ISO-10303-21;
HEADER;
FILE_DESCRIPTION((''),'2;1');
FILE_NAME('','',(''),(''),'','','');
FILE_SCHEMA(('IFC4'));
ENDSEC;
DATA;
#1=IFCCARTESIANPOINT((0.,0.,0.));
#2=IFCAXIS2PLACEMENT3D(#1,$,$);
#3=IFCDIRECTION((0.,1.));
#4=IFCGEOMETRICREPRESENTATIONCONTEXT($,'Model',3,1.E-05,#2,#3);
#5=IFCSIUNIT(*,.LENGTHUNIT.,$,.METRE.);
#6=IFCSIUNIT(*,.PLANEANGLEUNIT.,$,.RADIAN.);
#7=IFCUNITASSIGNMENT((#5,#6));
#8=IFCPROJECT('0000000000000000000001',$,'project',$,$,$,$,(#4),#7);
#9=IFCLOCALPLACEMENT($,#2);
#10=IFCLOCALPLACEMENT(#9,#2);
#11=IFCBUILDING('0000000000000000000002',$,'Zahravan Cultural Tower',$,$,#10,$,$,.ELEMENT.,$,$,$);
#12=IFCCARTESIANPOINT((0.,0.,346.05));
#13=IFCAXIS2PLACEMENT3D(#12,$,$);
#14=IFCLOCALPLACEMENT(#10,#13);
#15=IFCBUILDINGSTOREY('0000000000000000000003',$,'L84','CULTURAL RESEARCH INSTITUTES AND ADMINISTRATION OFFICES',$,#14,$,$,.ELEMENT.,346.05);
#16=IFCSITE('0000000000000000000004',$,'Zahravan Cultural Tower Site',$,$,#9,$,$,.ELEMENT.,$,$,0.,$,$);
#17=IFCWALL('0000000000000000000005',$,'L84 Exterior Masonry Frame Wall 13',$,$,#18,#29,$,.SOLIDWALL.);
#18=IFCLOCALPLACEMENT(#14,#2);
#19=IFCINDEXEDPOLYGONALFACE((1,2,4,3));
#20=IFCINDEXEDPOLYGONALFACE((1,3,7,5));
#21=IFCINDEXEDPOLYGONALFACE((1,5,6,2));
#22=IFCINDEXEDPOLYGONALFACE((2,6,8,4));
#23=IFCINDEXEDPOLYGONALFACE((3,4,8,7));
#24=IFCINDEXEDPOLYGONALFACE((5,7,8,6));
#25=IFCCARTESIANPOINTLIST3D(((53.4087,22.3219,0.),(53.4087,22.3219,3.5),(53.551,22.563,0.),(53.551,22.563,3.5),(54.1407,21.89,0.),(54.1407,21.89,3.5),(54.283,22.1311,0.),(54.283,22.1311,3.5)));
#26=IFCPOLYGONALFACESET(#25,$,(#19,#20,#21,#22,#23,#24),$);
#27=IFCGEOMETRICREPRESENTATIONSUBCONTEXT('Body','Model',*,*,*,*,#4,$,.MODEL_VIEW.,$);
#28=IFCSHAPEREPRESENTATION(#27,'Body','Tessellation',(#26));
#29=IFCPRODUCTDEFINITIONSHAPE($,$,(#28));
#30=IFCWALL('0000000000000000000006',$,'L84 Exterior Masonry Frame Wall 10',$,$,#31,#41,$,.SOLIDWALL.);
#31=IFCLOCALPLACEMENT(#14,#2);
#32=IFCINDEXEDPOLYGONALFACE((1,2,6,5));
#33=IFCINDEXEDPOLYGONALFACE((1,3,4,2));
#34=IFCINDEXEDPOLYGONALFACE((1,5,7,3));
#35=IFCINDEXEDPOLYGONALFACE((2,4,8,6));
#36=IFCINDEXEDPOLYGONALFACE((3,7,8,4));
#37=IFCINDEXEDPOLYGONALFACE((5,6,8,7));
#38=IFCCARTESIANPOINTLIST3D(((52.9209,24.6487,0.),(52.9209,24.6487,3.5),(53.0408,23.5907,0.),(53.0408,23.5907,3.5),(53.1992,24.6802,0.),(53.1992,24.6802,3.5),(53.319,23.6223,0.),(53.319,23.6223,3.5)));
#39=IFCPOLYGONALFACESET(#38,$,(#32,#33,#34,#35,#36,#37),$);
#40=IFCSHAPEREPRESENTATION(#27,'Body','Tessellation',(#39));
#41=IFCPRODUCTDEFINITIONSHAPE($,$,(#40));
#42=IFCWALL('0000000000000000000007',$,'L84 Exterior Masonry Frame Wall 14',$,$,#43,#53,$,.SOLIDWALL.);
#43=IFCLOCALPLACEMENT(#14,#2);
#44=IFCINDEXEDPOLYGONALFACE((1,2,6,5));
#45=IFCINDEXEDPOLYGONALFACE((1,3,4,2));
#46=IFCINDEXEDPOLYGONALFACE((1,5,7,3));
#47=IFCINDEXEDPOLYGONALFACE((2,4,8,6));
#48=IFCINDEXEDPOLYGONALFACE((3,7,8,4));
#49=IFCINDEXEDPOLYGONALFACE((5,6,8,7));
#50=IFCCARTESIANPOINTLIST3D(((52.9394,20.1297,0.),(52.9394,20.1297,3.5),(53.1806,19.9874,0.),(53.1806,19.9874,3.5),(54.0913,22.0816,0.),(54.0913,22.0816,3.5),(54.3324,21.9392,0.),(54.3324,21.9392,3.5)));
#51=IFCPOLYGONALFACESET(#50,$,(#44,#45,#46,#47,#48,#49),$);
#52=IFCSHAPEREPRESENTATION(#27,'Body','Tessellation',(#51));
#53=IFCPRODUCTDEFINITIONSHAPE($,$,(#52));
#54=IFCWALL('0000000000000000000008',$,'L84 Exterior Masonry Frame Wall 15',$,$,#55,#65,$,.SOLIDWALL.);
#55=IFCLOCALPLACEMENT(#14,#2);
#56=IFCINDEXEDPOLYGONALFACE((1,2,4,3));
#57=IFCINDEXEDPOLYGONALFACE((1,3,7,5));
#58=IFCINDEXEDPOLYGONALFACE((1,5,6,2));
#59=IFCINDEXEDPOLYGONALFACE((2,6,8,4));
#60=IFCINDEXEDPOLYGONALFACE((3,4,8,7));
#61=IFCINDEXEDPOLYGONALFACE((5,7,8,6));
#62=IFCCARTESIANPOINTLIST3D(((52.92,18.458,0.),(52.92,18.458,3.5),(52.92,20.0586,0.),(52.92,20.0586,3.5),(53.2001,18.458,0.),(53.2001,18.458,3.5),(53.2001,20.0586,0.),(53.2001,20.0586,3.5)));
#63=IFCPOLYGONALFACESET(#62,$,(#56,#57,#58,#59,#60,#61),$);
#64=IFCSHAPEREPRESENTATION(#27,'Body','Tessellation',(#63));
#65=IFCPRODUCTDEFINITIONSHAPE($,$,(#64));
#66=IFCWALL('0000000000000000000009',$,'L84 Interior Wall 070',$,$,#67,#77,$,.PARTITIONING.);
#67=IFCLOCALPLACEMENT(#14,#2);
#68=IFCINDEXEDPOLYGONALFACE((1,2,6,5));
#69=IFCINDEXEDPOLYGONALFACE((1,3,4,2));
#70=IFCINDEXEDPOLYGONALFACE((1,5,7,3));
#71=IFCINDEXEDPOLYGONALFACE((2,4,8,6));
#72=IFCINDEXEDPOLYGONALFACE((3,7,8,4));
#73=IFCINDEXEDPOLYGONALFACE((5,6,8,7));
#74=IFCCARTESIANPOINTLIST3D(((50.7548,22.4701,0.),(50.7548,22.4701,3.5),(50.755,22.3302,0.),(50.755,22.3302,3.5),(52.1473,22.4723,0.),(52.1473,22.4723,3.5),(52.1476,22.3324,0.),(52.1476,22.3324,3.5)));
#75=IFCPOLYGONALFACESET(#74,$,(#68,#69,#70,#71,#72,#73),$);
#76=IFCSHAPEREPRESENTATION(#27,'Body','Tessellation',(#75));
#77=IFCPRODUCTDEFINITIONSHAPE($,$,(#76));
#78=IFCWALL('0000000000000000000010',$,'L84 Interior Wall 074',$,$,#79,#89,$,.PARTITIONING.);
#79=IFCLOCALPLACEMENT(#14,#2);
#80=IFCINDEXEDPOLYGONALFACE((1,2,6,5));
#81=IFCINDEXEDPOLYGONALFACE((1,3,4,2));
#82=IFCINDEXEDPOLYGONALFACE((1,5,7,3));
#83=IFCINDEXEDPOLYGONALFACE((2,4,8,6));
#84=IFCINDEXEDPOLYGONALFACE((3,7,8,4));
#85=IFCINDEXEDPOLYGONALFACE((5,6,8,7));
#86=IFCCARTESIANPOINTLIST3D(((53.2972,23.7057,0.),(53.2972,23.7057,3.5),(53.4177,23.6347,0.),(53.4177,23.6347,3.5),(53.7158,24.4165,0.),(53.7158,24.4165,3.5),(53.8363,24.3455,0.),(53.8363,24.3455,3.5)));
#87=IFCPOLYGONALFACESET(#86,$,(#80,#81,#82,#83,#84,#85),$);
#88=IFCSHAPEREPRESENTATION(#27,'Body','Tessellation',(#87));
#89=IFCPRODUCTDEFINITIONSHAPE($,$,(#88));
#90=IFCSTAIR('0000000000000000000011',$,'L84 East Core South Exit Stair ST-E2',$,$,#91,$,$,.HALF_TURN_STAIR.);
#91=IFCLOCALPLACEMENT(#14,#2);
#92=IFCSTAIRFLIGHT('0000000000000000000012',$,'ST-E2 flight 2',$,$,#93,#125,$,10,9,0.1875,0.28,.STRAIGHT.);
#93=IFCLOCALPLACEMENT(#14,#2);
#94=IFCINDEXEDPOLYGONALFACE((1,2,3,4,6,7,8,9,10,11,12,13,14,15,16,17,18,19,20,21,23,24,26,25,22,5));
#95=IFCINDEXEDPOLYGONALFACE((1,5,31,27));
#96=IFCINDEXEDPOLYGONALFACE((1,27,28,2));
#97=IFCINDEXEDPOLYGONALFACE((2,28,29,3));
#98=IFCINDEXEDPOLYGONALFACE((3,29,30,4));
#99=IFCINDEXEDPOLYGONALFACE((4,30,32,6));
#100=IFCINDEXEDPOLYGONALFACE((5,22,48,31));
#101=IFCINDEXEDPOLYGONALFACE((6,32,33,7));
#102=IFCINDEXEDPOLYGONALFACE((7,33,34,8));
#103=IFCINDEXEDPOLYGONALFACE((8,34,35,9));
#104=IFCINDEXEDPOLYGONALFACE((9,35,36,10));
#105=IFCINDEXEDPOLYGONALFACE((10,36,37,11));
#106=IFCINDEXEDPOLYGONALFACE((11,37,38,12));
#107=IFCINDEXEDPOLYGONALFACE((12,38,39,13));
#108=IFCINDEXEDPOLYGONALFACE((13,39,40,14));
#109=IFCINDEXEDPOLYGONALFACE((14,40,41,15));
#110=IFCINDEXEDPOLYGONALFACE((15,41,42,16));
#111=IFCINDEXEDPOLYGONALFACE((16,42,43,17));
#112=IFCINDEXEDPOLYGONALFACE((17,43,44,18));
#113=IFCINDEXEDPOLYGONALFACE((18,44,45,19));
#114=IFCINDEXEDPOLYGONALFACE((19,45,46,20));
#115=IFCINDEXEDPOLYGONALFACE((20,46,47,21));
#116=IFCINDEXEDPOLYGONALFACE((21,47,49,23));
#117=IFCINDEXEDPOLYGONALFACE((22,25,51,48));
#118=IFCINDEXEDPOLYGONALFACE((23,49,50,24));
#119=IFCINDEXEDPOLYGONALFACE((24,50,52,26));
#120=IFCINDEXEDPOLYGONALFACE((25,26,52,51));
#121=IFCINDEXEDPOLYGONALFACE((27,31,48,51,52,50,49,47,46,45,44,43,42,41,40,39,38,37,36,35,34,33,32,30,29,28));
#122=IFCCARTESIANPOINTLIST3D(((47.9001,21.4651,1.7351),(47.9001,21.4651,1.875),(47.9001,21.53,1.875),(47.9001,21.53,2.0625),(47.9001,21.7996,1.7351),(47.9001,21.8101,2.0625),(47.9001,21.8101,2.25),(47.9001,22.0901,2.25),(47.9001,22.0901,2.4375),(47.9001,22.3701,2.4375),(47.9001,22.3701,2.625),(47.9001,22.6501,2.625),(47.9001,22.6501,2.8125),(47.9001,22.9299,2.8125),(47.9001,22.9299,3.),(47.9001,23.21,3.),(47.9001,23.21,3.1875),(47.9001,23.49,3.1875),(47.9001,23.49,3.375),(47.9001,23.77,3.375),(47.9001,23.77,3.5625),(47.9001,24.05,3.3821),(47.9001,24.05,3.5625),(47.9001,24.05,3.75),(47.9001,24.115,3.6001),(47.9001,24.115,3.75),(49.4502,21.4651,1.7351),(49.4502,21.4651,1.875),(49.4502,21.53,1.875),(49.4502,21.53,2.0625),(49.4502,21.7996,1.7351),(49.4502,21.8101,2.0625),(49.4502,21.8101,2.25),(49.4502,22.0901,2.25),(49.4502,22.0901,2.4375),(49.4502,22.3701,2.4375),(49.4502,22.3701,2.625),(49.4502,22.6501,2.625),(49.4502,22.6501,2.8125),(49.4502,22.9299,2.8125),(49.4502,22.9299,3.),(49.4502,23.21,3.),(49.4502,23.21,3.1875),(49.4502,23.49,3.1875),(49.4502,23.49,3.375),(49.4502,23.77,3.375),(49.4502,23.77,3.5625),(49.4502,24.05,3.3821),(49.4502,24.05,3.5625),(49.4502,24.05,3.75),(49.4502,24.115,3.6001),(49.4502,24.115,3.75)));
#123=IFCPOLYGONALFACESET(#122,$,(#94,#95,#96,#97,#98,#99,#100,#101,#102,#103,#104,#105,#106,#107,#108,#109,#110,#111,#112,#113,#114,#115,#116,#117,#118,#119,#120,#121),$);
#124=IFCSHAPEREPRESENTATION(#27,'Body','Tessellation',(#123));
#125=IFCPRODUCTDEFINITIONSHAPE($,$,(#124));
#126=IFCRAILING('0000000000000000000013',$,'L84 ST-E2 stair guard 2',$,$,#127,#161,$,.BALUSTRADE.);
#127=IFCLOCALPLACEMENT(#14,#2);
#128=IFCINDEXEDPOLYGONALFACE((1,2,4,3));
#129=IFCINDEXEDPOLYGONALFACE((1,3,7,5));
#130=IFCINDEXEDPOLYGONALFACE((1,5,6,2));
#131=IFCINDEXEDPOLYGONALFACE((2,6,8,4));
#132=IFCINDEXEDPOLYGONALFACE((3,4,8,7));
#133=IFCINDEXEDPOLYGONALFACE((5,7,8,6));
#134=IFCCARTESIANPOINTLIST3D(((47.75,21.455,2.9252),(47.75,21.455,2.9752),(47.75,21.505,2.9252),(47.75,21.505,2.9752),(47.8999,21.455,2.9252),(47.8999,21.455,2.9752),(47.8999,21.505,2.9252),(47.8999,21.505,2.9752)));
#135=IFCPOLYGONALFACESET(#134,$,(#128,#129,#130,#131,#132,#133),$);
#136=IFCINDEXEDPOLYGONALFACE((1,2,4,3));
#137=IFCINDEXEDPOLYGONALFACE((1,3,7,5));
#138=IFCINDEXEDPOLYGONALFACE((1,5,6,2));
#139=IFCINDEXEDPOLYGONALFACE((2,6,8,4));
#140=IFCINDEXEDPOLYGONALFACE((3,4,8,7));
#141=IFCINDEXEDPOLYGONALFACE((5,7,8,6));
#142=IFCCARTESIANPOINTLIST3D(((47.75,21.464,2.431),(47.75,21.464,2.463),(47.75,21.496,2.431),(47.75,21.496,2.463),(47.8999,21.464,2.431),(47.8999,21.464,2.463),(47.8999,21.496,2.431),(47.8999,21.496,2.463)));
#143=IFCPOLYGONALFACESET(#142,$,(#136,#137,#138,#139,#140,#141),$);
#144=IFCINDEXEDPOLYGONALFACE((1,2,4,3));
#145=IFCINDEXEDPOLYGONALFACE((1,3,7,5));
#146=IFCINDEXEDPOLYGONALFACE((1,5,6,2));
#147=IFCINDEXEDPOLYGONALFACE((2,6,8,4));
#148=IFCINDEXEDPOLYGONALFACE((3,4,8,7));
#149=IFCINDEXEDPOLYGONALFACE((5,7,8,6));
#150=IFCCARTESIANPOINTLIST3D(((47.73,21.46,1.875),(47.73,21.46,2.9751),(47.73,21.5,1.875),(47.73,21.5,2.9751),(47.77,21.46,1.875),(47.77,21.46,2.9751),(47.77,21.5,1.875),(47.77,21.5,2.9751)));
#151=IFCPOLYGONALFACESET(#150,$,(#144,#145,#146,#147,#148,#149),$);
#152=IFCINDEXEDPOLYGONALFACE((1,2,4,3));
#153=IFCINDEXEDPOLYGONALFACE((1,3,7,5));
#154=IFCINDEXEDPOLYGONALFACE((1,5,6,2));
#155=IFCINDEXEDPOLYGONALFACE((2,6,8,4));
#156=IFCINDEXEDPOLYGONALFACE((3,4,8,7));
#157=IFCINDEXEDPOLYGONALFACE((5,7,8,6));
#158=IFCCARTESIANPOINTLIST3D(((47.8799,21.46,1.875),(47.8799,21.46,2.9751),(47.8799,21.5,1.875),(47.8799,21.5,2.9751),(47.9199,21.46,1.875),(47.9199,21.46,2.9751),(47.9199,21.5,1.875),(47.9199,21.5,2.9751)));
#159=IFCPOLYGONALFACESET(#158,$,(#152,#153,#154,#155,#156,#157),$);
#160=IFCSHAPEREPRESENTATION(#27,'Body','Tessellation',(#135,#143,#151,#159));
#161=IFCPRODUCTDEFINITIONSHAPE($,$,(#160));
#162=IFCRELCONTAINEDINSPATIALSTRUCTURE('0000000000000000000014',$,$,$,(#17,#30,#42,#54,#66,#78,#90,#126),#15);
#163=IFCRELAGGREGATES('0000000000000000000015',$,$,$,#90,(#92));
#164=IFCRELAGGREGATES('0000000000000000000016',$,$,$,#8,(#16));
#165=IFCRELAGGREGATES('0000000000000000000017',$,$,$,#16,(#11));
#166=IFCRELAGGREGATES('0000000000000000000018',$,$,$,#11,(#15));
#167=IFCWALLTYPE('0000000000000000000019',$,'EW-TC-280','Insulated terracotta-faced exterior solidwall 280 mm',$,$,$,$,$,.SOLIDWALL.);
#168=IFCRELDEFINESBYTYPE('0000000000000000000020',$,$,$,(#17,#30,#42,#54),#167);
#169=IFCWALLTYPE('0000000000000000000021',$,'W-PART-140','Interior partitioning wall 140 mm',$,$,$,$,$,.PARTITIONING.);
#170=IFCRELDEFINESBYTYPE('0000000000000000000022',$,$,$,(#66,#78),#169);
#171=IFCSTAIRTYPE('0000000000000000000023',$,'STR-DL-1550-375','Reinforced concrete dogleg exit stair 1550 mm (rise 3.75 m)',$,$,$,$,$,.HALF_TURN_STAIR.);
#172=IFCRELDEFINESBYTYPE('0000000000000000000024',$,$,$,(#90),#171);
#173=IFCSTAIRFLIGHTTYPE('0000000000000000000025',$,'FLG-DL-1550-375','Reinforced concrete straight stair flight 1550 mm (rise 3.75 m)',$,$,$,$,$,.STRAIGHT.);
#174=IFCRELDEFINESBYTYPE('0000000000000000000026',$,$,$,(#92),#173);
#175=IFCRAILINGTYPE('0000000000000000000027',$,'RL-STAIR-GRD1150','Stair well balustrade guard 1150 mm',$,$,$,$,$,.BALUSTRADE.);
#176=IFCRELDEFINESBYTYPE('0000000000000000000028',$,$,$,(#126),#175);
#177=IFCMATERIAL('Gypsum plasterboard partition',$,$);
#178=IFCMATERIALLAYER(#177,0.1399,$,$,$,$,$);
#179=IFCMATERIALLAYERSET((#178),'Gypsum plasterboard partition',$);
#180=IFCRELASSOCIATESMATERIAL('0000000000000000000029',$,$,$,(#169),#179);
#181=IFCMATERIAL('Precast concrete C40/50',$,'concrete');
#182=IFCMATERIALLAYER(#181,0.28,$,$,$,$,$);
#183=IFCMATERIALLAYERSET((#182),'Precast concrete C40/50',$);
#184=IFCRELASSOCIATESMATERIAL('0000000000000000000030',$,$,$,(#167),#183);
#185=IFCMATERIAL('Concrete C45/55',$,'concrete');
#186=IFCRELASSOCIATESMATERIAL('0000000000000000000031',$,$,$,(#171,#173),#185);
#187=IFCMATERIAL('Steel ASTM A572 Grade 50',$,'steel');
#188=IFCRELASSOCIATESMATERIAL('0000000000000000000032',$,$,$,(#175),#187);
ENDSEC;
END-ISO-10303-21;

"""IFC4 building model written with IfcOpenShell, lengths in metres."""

from ifc_helpers import new_model, si_unit, direction, frame, frame_2d, origin, origin_2d, place, context, subcontext, project, spatial, polyline, rectangle, outline, extrude, source, transform, mapped, material, layer, layer_set, type_object, element, aggregate, save


model = new_model("IFC4")

# Units and contexts
model_context = context("Model", 3, precision=1e-05, world=origin(), true_north=direction((0.0, 1.0)))
body_context = subcontext(model_context, "Body", "Model", "MODEL_VIEW")
ifc_project = project(units=[si_unit("LENGTHUNIT", "METRE"), si_unit("PLANEANGLEUNIT", "RADIAN")], contexts=[model_context])

# Site, building, storey
site_placement = place(None, origin())
site = spatial("IfcSite", under=ifc_project, at=site_placement, Name="Zahravan Cultural Tower Site", CompositionType="ELEMENT", RefElevation=0.0)
building_placement = place(site_placement, origin())
building = spatial("IfcBuilding", under=site, at=building_placement, Name="Zahravan Cultural Tower", CompositionType="ELEMENT")
storey_placement = place(building_placement, frame((0.0, 0.0, 346.05)))
storey = spatial("IfcBuildingStorey", under=building, at=storey_placement, Name="L84", Description="CULTURAL RESEARCH INSTITUTES AND ADMINISTRATION OFFICES", CompositionType="ELEMENT", Elevation=346.05)

# Shared definitions
ifc_material_1 = material(Name="Gypsum plasterboard partition")
ifc_layer_1 = layer(ifc_material_1, 0.1399)
ifc_layer_set_1 = layer_set([ifc_layer_1], Name="Gypsum plasterboard partition")
wall_type_1 = type_object("IfcWallType", Name="W-PART-140", Description="Interior partitioning wall 140 mm", PredefinedType="PARTITIONING", material=ifc_layer_set_1)

# Walls
ifc_material_2 = material(Name="Precast concrete C40/50", Category="concrete")
ifc_layer_2 = layer(ifc_material_2, 0.28)
ifc_layer_set_2 = layer_set([ifc_layer_2], Name="Precast concrete C40/50")
wall_type_2 = type_object("IfcWallType", Name="EW-TC-280", Description="Insulated terracotta-faced exterior solidwall 280 mm", PredefinedType="SOLIDWALL", material=ifc_layer_set_2)
shared_shape_1 = source(origin(), body_context, "Body", "SweptSolid", [
    extrude(rectangle(XDim=0.8499, YDim=0.28, at=frame_2d((0.4248, 0.0))), origin(), (0.0, 0.0, 1.0), 3.5),
])
wall_1_placement = place(storey_placement, frame((53.48, 22.4424, 0.0), z_axis=(0.0, 0.0, 1.0), x_axis=(0.861247, -0.508187, 0.0)))
element("IfcWall", 1, at=wall_1_placement, inside=storey, type_object=wall_type_2, Name="L84 Exterior Masonry Frame Wall 13", PredefinedType="SOLIDWALL", context=body_context, shape_type="MappedRepresentation", body=[
    mapped(shared_shape_1, transform((0.0, 0.0, 0.0), x_axis=(1.0, 0.0, 0.0), y_axis=(0.0, 1.0, 0.0), z_axis=(0.0, 0.0, 1.0), scale=1.0)),
])
shared_shape_2 = source(origin(), body_context, "Body", "SweptSolid", [
    extrude(rectangle(XDim=1.0647, YDim=0.28, at=frame_2d((0.5322, 0.0))), origin(), (0.0, 0.0, 1.0), 3.5),
])
wall_2_placement = place(storey_placement, frame((53.0601, 24.6643, 0.0), z_axis=(0.0, 0.0, 1.0), x_axis=(0.112596, -0.993641, 0.0)))
element("IfcWall", 2, at=wall_2_placement, inside=storey, type_object=wall_type_2, Name="L84 Exterior Masonry Frame Wall 10", PredefinedType="SOLIDWALL", context=body_context, shape_type="MappedRepresentation", body=[
    mapped(shared_shape_2, transform((0.0, 0.0, 0.0), x_axis=(1.0, 0.0, 0.0), y_axis=(0.0, 1.0, 0.0), z_axis=(0.0, 0.0, 1.0), scale=1.0)),
])
shared_shape_3 = source(origin(), body_context, "Body", "SweptSolid", [
    extrude(rectangle(XDim=2.2664, YDim=0.28, at=frame_2d((1.1333, 0.0))), origin(), (0.0, 0.0, 1.0), 3.5),
])
wall_3_placement = place(storey_placement, frame((54.2119, 22.0105, 0.0), z_axis=(0.0, 0.0, 1.0), x_axis=(-0.508225, -0.861224, 0.0)))
element("IfcWall", 3, at=wall_3_placement, inside=storey, type_object=wall_type_2, Name="L84 Exterior Masonry Frame Wall 14", PredefinedType="SOLIDWALL", context=body_context, shape_type="MappedRepresentation", body=[
    mapped(shared_shape_3, transform((0.0, 0.0, 0.0), x_axis=(1.0, 0.0, 0.0), y_axis=(0.0, 1.0, 0.0), z_axis=(0.0, 0.0, 1.0), scale=1.0)),
])
shared_shape_4 = source(origin(), body_context, "Body", "SweptSolid", [
    extrude(rectangle(XDim=1.6006, YDim=0.28, at=frame_2d((0.8003, 0.0))), origin(), (0.0, 0.0, 1.0), 3.5),
])
wall_4_placement = place(storey_placement, frame((53.0601, 20.0586, 0.0), z_axis=(0.0, 0.0, 1.0), x_axis=(0.0, -1.0, 0.0)))
element("IfcWall", 4, at=wall_4_placement, inside=storey, type_object=wall_type_2, Name="L84 Exterior Masonry Frame Wall 15", PredefinedType="SOLIDWALL", context=body_context, shape_type="MappedRepresentation", body=[
    mapped(shared_shape_4, transform((0.0, 0.0, 0.0), x_axis=(1.0, 0.0, 0.0), y_axis=(0.0, 1.0, 0.0), z_axis=(0.0, 0.0, 1.0), scale=1.0)),
])
shared_shape_5 = source(origin(), body_context, "Body", "SweptSolid", [
    extrude(rectangle(XDim=1.3926, YDim=0.1399, at=frame_2d((0.6963, 0.0))), origin(), (0.0, 0.0, 1.0), 3.5),
])
wall_5_placement = place(storey_placement, frame((50.7549, 22.4001, 0.0), z_axis=(0.0, 0.0, 1.0), x_axis=(0.999999, 0.001578, 0.0)))
element("IfcWall", 5, at=wall_5_placement, inside=storey, type_object=wall_type_1, Name="L84 Interior Wall 070", PredefinedType="PARTITIONING", context=body_context, shape_type="MappedRepresentation", body=[
    mapped(shared_shape_5, transform((0.0, 0.0, 0.0), x_axis=(1.0, 0.0, 0.0), y_axis=(0.0, 1.0, 0.0), z_axis=(0.0, 0.0, 1.0), scale=1.0)),
])
shared_shape_6 = source(origin(), body_context, "Body", "SweptSolid", [
    extrude(rectangle(XDim=0.825, YDim=0.1399, at=frame_2d((0.4126, 0.0))), origin(), (0.0, 0.0, 1.0), 3.5),
])
wall_6_placement = place(storey_placement, frame((53.7761, 24.3811, 0.0), z_axis=(0.0, 0.0, 1.0), x_axis=(-0.507473, -0.861668, 0.0)))
element("IfcWall", 6, at=wall_6_placement, inside=storey, type_object=wall_type_1, Name="L84 Interior Wall 074", PredefinedType="PARTITIONING", context=body_context, shape_type="MappedRepresentation", body=[
    mapped(shared_shape_6, transform((0.0, 0.0, 0.0), x_axis=(1.0, 0.0, 0.0), y_axis=(0.0, 1.0, 0.0), z_axis=(0.0, 0.0, 1.0), scale=1.0)),
])

# Stair, stair flight
ifc_material_3 = material(Name="Concrete C45/55", Category="concrete")
stair_type = type_object("IfcStairType", Name="STR-DL-1550-375", Description="Reinforced concrete dogleg exit stair 1550 mm (rise 3.75 m)", PredefinedType="HALF_TURN_STAIR", material=ifc_material_3)
stair_placement = place(storey_placement, origin())
stair = element("IfcStair", 7, at=stair_placement, inside=storey, type_object=stair_type, Name="L84 East Core South Exit Stair ST-E2", PredefinedType="HALF_TURN_STAIR")
stair_flight_type = type_object("IfcStairFlightType", Name="FLG-DL-1550-375", Description="Reinforced concrete straight stair flight 1550 mm (rise 3.75 m)", PredefinedType="STRAIGHT", material=ifc_material_3)
stair_flight_placement = place(storey_placement, frame((48.675, 21.53, 1.875), z_axis=(0.0, 0.0, 1.0), x_axis=(0.0, 1.0, 0.0)))
stair_flight = element("IfcStairFlight", 8, at=stair_flight_placement, type_object=stair_flight_type, Name="ST-E2 flight 2", NumberOfRisers=10, NumberOfTreads=9, PredefinedType="STRAIGHT", RiserHeight=0.1875, TreadLength=0.28, context=body_context, shape_type="SweptSolid", body=[
    extrude(outline(polyline([(-0.0649, -0.1399), (-0.0649, 0.0), (0.0, 0.0), (0.0, 0.1875), (0.28, 0.1875), (0.28, 0.375), (0.5601, 0.375), (0.5601, 0.5625), (0.8401, 0.5625), (0.8401, 0.75), (1.1201, 0.75), (1.1201, 0.9375), (1.3999, 0.9375), (1.3999, 1.125), (1.6799, 1.125), (1.6799, 1.3125), (1.96, 1.3125), (1.96, 1.5), (2.24, 1.5), (2.24, 1.6875), (2.52, 1.6875), (2.52, 1.875), (2.585, 1.875), (2.585, 1.7251), (2.52, 1.5071), (0.2695, -0.1399), (-0.0649, -0.1399)])), frame((0.0, 0.7749, 0.0), z_axis=(0.0, -1.0, 0.0), x_axis=(1.0, 0.0, 0.0)), (0.0, 0.0, 1.0), 1.55),
])
aggregate(stair, [stair_flight])

# Railing
ifc_material_4 = material(Name="Steel ASTM A572 Grade 50", Category="steel")
railing_type_1 = type_object("IfcRailingType", Name="RL-STAIR-GRD1150", Description="Stair well balustrade guard 1150 mm", PredefinedType="BALUSTRADE", material=ifc_material_4)
railing_1_placement = place(storey_placement, frame((47.75, 21.48, 1.875)))
element("IfcRailing", 9, at=railing_1_placement, inside=storey, type_object=railing_type_1, Name="L84 ST-E2 stair guard 2", PredefinedType="BALUSTRADE", context=body_context, shape_type="SweptSolid", body=[
    extrude(rectangle(XDim=0.05, YDim=0.05, at=origin_2d()), frame((0.0, 0.0, 1.0752), z_axis=(1.0, 0.0, 0.0), x_axis=(0.0, 1.0, 0.0)), (0.0, 0.0, 1.0), 0.1499),
    extrude(rectangle(XDim=0.032, YDim=0.032, at=origin_2d()), frame((0.0, 0.0, 0.572), z_axis=(1.0, 0.0, 0.0), x_axis=(0.0, 1.0, 0.0)), (0.0, 0.0, 1.0), 0.1499),
    extrude(rectangle(XDim=0.04, YDim=0.04, at=origin_2d()), origin(), (0.0, 0.0, 1.0), 1.1001),
    extrude(rectangle(XDim=0.04, YDim=0.04, at=origin_2d()), frame((0.1499, 0.0, 0.0)), (0.0, 0.0, 1.0), 1.1001),
])

save(model, "model.ifc")
